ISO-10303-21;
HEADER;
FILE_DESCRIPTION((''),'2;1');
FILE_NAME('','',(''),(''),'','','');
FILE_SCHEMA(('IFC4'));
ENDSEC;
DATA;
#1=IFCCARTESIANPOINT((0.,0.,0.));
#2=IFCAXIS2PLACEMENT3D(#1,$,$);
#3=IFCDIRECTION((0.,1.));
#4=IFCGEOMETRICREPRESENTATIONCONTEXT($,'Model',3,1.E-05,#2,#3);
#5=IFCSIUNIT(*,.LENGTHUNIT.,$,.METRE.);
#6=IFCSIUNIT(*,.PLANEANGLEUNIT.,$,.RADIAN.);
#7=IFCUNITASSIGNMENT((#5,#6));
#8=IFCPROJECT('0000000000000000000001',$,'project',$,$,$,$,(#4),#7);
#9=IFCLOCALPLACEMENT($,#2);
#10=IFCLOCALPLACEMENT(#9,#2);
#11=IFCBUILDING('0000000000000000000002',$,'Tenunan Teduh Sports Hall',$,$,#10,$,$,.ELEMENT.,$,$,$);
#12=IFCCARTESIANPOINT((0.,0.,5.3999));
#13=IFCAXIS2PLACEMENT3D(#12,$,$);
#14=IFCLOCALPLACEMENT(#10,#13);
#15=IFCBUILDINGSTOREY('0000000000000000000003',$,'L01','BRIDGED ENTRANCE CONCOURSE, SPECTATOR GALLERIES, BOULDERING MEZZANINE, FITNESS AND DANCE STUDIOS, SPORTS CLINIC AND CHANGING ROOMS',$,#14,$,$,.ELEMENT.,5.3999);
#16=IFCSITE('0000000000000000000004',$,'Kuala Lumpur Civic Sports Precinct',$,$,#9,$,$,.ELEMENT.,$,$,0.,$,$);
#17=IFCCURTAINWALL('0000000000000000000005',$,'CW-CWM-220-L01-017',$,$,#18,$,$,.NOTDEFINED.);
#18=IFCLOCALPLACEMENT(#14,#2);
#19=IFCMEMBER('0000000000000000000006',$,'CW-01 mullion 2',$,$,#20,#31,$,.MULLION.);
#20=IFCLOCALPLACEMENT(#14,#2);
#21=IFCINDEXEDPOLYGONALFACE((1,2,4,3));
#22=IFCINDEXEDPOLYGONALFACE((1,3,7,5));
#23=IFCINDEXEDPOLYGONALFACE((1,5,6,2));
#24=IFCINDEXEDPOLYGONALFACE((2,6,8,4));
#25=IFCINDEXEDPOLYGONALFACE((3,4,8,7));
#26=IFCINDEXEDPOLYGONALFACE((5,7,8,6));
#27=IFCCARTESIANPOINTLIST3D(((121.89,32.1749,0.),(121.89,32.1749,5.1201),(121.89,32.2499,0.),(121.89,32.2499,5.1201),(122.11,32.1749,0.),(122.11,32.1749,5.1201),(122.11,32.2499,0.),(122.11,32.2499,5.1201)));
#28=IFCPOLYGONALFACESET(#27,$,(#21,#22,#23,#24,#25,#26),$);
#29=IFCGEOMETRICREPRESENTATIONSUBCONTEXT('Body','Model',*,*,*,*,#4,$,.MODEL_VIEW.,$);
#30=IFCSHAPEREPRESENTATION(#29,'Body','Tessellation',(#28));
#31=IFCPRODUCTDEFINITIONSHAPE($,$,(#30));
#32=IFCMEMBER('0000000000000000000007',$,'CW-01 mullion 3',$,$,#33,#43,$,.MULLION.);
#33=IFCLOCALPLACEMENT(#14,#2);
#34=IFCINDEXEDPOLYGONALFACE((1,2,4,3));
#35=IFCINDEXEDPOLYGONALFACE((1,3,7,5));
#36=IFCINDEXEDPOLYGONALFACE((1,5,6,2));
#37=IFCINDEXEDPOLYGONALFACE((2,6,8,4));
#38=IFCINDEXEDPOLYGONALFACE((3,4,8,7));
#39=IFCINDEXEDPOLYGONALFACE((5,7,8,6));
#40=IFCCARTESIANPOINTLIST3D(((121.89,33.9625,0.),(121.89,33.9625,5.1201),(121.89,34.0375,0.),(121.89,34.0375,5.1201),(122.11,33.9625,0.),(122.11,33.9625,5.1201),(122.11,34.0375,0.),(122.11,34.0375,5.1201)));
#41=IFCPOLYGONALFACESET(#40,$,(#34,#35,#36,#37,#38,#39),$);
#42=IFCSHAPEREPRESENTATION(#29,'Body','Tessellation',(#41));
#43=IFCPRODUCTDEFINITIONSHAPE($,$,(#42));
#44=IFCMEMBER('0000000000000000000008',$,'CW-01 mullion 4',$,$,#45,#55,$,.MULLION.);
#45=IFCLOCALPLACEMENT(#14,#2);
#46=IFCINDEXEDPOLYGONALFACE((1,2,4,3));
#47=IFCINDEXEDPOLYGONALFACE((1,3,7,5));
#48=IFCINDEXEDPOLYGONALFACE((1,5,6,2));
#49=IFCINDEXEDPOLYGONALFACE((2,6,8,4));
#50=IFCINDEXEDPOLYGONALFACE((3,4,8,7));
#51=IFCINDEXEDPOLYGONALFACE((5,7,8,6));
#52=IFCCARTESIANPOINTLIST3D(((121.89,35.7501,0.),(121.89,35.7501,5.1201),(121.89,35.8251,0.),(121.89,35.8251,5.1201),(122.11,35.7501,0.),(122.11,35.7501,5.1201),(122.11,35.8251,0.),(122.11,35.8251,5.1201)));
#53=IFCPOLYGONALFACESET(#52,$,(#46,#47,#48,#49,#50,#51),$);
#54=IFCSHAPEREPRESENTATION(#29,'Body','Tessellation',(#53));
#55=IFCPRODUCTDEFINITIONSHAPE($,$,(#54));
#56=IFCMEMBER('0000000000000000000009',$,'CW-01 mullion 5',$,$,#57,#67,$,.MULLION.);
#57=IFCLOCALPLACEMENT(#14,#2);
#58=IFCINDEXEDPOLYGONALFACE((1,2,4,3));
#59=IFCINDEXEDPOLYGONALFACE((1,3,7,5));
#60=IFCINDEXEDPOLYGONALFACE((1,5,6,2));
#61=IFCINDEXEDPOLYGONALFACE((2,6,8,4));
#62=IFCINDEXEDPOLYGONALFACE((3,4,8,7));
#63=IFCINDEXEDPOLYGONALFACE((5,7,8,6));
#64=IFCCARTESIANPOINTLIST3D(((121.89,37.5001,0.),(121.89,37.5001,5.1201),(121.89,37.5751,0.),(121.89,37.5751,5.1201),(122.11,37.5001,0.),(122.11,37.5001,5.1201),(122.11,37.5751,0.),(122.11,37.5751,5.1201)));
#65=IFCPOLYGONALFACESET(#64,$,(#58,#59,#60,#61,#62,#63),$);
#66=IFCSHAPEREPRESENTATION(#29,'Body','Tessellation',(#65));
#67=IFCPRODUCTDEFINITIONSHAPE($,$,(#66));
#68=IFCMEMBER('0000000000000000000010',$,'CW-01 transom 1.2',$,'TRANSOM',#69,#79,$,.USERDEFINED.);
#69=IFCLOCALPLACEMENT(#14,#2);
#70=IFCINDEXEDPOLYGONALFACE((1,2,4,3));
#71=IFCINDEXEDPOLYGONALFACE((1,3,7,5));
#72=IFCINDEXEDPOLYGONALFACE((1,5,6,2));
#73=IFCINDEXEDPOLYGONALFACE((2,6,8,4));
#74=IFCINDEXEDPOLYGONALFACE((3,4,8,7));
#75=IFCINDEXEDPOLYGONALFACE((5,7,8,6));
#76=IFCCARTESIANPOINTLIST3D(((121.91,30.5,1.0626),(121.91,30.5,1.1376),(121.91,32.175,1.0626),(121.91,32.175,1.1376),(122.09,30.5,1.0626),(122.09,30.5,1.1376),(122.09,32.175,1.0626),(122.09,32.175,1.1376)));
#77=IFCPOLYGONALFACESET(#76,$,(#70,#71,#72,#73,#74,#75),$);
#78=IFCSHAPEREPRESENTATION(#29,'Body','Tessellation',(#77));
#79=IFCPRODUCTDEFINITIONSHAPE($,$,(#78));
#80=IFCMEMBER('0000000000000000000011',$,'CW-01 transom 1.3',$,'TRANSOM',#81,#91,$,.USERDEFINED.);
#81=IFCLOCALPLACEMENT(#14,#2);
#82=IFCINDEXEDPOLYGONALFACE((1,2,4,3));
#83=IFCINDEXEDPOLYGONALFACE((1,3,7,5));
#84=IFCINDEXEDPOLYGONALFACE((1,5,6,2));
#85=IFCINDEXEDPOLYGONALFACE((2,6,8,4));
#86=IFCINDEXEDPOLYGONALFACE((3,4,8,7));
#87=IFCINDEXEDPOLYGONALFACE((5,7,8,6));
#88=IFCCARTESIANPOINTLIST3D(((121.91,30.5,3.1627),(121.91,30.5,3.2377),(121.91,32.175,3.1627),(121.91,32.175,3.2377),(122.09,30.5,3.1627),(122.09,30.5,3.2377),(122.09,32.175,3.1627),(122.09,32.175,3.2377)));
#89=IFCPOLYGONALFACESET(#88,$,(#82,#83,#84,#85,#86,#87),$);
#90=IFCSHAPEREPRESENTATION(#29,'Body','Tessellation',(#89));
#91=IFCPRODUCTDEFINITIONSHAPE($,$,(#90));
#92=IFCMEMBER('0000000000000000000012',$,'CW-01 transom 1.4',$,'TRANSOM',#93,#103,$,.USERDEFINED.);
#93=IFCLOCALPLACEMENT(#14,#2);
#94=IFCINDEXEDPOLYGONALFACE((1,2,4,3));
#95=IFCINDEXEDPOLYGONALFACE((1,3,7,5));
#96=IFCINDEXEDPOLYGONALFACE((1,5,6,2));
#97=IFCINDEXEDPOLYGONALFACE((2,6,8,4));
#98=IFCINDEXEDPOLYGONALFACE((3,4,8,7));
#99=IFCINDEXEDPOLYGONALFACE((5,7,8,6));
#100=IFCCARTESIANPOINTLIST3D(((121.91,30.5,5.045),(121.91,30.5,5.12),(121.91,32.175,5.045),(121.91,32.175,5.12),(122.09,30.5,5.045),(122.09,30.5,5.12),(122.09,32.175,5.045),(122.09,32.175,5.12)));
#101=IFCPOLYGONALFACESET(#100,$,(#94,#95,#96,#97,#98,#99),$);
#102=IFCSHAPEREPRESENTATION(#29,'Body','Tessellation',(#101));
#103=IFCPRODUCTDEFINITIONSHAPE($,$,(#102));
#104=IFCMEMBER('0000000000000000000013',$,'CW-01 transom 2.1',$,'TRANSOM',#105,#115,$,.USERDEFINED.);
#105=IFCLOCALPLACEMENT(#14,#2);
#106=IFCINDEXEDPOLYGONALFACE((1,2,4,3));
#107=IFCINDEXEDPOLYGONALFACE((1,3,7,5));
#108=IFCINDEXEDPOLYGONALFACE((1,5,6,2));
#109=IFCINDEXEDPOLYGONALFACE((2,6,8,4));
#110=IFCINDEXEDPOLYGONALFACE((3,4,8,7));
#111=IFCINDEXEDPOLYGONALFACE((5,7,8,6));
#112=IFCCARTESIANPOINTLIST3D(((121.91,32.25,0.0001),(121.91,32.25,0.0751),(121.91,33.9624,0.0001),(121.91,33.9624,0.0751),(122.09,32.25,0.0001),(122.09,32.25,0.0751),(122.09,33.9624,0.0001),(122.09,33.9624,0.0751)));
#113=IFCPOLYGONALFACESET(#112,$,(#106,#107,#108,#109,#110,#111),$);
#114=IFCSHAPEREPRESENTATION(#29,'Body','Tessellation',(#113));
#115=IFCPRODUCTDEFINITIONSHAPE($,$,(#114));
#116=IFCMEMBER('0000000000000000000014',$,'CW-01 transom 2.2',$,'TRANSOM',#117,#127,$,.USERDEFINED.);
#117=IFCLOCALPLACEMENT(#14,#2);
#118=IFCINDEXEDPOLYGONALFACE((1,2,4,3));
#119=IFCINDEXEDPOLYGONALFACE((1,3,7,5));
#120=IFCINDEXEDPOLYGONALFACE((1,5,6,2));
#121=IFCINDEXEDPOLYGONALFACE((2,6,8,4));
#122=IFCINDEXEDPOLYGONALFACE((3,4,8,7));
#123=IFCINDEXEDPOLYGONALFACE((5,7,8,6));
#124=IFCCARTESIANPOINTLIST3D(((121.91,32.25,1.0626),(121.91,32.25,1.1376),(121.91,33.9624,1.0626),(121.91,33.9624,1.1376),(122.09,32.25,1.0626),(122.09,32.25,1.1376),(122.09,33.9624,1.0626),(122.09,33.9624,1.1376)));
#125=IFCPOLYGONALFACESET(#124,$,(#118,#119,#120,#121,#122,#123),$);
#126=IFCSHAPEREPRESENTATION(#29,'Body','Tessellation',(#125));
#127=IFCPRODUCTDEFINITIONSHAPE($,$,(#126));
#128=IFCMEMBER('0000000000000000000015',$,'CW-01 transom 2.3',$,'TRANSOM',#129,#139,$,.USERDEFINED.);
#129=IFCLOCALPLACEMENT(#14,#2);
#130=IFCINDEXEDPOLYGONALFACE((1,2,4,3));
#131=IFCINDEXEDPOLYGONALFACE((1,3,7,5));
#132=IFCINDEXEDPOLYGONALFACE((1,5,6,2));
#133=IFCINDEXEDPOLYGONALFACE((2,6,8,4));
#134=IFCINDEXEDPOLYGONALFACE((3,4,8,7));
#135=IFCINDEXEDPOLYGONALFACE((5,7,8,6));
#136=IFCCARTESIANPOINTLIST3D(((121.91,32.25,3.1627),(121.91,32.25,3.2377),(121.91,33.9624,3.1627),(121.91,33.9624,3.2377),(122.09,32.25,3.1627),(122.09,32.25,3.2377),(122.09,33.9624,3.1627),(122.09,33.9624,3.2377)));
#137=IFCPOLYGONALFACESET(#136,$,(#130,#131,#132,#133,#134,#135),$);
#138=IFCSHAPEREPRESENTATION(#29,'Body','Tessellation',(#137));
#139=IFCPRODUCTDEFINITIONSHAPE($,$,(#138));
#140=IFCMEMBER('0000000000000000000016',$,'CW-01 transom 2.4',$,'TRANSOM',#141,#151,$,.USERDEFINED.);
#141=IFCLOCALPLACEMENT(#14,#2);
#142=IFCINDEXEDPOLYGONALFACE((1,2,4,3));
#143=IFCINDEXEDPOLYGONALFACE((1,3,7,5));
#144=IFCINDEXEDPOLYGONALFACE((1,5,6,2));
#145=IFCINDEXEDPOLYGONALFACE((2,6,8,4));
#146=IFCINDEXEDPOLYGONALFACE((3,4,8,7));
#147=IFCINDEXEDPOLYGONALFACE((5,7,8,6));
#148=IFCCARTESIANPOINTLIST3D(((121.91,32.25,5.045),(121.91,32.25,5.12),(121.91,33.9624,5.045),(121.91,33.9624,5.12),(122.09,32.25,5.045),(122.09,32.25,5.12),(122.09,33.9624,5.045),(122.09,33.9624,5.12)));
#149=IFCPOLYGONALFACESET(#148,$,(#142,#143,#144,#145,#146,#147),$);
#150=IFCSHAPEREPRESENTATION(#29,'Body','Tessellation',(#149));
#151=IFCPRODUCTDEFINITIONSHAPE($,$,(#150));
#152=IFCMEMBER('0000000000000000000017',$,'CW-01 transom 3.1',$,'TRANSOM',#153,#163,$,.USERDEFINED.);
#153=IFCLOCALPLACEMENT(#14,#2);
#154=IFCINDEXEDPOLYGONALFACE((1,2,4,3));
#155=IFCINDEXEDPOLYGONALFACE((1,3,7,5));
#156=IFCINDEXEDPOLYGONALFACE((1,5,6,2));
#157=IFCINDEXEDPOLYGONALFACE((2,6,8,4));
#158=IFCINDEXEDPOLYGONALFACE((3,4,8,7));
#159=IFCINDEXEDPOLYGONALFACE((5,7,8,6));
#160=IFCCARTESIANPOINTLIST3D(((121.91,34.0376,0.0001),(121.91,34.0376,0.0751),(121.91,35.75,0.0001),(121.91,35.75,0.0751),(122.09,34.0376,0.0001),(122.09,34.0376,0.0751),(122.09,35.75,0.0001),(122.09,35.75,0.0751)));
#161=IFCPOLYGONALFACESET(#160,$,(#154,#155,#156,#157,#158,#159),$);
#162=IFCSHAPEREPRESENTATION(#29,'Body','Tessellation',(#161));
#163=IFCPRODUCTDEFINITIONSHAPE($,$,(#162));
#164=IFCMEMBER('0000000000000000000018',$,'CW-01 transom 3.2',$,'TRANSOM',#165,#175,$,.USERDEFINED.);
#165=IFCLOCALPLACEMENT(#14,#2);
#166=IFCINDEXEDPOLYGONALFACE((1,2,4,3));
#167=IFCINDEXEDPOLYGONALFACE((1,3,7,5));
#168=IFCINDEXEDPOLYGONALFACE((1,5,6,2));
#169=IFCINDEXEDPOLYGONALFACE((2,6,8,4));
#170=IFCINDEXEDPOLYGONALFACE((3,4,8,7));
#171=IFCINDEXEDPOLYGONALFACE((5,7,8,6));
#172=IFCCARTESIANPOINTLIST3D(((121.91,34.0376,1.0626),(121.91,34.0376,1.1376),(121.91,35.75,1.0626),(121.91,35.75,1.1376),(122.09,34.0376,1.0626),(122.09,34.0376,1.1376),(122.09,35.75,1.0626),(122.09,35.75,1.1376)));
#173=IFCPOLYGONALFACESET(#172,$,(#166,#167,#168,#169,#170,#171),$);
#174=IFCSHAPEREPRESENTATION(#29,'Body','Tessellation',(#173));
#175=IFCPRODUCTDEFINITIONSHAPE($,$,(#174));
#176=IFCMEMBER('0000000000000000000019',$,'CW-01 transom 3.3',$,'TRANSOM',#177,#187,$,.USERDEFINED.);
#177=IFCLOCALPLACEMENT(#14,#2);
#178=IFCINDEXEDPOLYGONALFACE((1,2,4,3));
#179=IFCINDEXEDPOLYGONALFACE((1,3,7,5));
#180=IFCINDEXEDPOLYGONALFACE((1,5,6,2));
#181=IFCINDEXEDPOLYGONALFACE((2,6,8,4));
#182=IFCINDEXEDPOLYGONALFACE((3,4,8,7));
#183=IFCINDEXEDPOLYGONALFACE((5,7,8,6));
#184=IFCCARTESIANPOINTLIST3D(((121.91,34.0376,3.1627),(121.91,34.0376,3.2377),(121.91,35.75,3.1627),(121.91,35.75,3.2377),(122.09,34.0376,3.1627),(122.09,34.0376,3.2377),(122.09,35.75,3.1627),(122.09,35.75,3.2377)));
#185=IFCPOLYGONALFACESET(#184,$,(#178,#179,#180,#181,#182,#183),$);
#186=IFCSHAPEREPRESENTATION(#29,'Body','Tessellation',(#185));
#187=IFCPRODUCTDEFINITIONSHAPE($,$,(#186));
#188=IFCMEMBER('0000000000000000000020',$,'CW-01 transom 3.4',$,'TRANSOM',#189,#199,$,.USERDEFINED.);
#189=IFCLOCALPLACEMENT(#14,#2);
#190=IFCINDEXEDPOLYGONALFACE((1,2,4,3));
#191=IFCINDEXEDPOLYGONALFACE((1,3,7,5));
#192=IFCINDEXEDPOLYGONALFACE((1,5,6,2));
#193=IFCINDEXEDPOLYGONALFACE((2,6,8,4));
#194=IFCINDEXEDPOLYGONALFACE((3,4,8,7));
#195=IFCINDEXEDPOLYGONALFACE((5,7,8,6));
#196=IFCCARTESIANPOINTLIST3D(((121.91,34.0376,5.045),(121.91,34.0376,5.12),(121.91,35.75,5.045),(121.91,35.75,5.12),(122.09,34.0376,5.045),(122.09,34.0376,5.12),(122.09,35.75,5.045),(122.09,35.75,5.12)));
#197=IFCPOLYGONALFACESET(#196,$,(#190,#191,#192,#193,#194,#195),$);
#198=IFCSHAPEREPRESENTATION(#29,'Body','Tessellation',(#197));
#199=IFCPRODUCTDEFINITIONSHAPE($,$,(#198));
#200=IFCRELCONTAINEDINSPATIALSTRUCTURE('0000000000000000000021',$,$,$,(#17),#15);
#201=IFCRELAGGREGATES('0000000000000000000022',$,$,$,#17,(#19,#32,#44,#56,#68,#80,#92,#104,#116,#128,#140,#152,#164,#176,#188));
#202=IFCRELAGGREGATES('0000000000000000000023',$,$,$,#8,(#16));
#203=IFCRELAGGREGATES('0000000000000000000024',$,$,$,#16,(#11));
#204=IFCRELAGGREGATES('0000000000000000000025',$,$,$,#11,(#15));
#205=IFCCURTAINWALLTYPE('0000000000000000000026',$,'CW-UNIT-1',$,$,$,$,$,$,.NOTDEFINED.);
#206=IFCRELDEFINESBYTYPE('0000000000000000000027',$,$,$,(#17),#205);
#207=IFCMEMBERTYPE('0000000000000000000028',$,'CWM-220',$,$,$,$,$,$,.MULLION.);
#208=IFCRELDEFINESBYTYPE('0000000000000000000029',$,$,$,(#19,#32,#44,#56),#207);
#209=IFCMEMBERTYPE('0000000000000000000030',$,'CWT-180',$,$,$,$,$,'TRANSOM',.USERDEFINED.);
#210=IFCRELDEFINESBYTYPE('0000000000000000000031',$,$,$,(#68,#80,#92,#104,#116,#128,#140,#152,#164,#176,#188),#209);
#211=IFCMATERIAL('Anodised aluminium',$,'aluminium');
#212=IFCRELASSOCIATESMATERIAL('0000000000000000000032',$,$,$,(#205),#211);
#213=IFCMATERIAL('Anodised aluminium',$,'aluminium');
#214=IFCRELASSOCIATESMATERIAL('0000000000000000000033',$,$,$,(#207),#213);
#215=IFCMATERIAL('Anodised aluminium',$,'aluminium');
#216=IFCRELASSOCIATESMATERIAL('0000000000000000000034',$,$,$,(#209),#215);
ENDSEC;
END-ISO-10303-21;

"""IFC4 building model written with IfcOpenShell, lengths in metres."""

from ifc_helpers import new_model, si_unit, direction, frame, origin, origin_2d, place, context, subcontext, project, spatial, rectangle, extrude, material, material_profile, profile_set, type_object, element, aggregate, save


model = new_model("IFC4")

# Units and contexts
model_context = context("Model", 3, precision=1e-05, world=origin(), true_north=direction((0.0, 1.0)))
body_context = subcontext(model_context, "Body", "Model", "MODEL_VIEW")
ifc_project = project(units=[si_unit("LENGTHUNIT", "METRE"), si_unit("PLANEANGLEUNIT", "RADIAN")], contexts=[model_context])

# Site, building, storey
site_placement = place(None, origin())
site = spatial("IfcSite", under=ifc_project, at=site_placement, Name="Kuala Lumpur Civic Sports Precinct", CompositionType="ELEMENT", RefElevation=0.0)
building_placement = place(site_placement, origin())
building = spatial("IfcBuilding", under=site, at=building_placement, Name="Tenunan Teduh Sports Hall", CompositionType="ELEMENT")
storey_placement = place(building_placement, frame((0.0, 0.0, 5.3999)))
storey = spatial("IfcBuildingStorey", under=building, at=storey_placement, Name="L01", Description="BRIDGED ENTRANCE CONCOURSE, SPECTATOR GALLERIES, BOULDERING MEZZANINE, FITNESS AND DANCE STUDIOS, SPORTS CLINIC AND CHANGING ROOMS", CompositionType="ELEMENT", Elevation=5.3999)

# Curtain wall, members
ifc_material_1 = material(Name="Anodised aluminium", Category="aluminium")
curtain_wall_type = type_object("IfcCurtainWallType", Name="CW-UNIT-1", PredefinedType="NOTDEFINED", material=ifc_material_1)
curtain_wall_placement = place(storey_placement, origin())
curtain_wall = element("IfcCurtainWall", 1, at=curtain_wall_placement, inside=storey, type_object=curtain_wall_type, Name="CW-CWM-220-L01-017", PredefinedType="NOTDEFINED")
ifc_material_2 = material(Name="Anodised aluminium", Category="aluminium")
ifc_material_profile_1 = material_profile(ifc_material_2, rectangle(XDim=0.075, YDim=0.22, at=origin_2d()), Name="CWM 75x220")
ifc_profile_set_1 = profile_set([ifc_material_profile_1], Name="Anodised aluminium")
member_type_1 = type_object("IfcMemberType", Name="CWM-220", PredefinedType="MULLION", material=ifc_profile_set_1)
member_1_placement = place(storey_placement, frame((122.0, 32.2124, 0.0), z_axis=(0.0, 0.0, 1.0), x_axis=(0.0, 1.0, 0.0)))
member_1 = element("IfcMember", 2, at=member_1_placement, type_object=member_type_1, Name="CW-01 mullion 2", PredefinedType="MULLION", context=body_context, shape_type="SweptSolid", body=[
    extrude(rectangle(XDim=0.075, YDim=0.22, at=origin_2d()), origin(), (0.0, 0.0, 1.0), 5.1201),
])
member_2_placement = place(storey_placement, frame((122.0, 34.0, 0.0), z_axis=(0.0, 0.0, 1.0), x_axis=(0.0, 1.0, 0.0)))
member_2 = element("IfcMember", 3, at=member_2_placement, type_object=member_type_1, Name="CW-01 mullion 3", PredefinedType="MULLION", context=body_context, shape_type="SweptSolid", body=[
    extrude(rectangle(XDim=0.075, YDim=0.22, at=origin_2d()), origin(), (0.0, 0.0, 1.0), 5.1201),
])
member_3_placement = place(storey_placement, frame((122.0, 35.7876, 0.0), z_axis=(0.0, 0.0, 1.0), x_axis=(0.0, 1.0, 0.0)))
member_3 = element("IfcMember", 4, at=member_3_placement, type_object=member_type_1, Name="CW-01 mullion 4", PredefinedType="MULLION", context=body_context, shape_type="SweptSolid", body=[
    extrude(rectangle(XDim=0.075, YDim=0.22, at=origin_2d()), origin(), (0.0, 0.0, 1.0), 5.1201),
])
member_4_placement = place(storey_placement, frame((122.0, 37.5376, 0.0), z_axis=(0.0, 0.0, 1.0), x_axis=(0.0, 1.0, 0.0)))
member_4 = element("IfcMember", 5, at=member_4_placement, type_object=member_type_1, Name="CW-01 mullion 5", PredefinedType="MULLION", context=body_context, shape_type="SweptSolid", body=[
    extrude(rectangle(XDim=0.075, YDim=0.22, at=origin_2d()), origin(), (0.0, 0.0, 1.0), 5.1201),
])
ifc_material_3 = material(Name="Anodised aluminium", Category="aluminium")
ifc_material_profile_2 = material_profile(ifc_material_3, rectangle(XDim=0.075, YDim=0.1799, at=origin_2d()), Name="CWT 75x180")
ifc_profile_set_2 = profile_set([ifc_material_profile_2], Name="Anodised aluminium")
member_type_2 = type_object("IfcMemberType", Name="CWT-180", ElementType="TRANSOM", PredefinedType="USERDEFINED", material=ifc_profile_set_2)
member_5_placement = place(storey_placement, frame((122.0, 30.5, 1.1001), z_axis=(0.0, 1.0, 0.0), x_axis=(0.0, 0.0, 1.0)))
member_5 = element("IfcMember", 6, at=member_5_placement, type_object=member_type_2, Name="CW-01 transom 1.2", ObjectType="TRANSOM", PredefinedType="USERDEFINED", context=body_context, shape_type="SweptSolid", body=[
    extrude(rectangle(XDim=0.075, YDim=0.1799, at=origin_2d()), origin(), (0.0, 0.0, 1.0), 1.675),
])
member_6_placement = place(storey_placement, frame((122.0, 30.5, 3.2002), z_axis=(0.0, 1.0, 0.0), x_axis=(0.0, 0.0, 1.0)))
member_6 = element("IfcMember", 7, at=member_6_placement, type_object=member_type_2, Name="CW-01 transom 1.3", ObjectType="TRANSOM", PredefinedType="USERDEFINED", context=body_context, shape_type="SweptSolid", body=[
    extrude(rectangle(XDim=0.075, YDim=0.1799, at=origin_2d()), origin(), (0.0, 0.0, 1.0), 1.675),
])
member_7_placement = place(storey_placement, frame((122.0, 30.5, 5.0825), z_axis=(0.0, 1.0, 0.0), x_axis=(0.0, 0.0, 1.0)))
member_7 = element("IfcMember", 8, at=member_7_placement, type_object=member_type_2, Name="CW-01 transom 1.4", ObjectType="TRANSOM", PredefinedType="USERDEFINED", context=body_context, shape_type="SweptSolid", body=[
    extrude(rectangle(XDim=0.075, YDim=0.1799, at=origin_2d()), origin(), (0.0, 0.0, 1.0), 1.675),
])
member_8_placement = place(storey_placement, frame((122.0, 32.25, 0.0376), z_axis=(0.0, 1.0, 0.0), x_axis=(0.0, 0.0, 1.0)))
member_8 = element("IfcMember", 9, at=member_8_placement, type_object=member_type_2, Name="CW-01 transom 2.1", ObjectType="TRANSOM", PredefinedType="USERDEFINED", context=body_context, shape_type="SweptSolid", body=[
    extrude(rectangle(XDim=0.075, YDim=0.1799, at=origin_2d()), origin(), (0.0, 0.0, 1.0), 1.7124),
])
member_9_placement = place(storey_placement, frame((122.0, 32.25, 1.1001), z_axis=(0.0, 1.0, 0.0), x_axis=(0.0, 0.0, 1.0)))
member_9 = element("IfcMember", 10, at=member_9_placement, type_object=member_type_2, Name="CW-01 transom 2.2", ObjectType="TRANSOM", PredefinedType="USERDEFINED", context=body_context, shape_type="SweptSolid", body=[
    extrude(rectangle(XDim=0.075, YDim=0.1799, at=origin_2d()), origin(), (0.0, 0.0, 1.0), 1.7124),
])
member_10_placement = place(storey_placement, frame((122.0, 32.25, 3.2002), z_axis=(0.0, 1.0, 0.0), x_axis=(0.0, 0.0, 1.0)))
member_10 = element("IfcMember", 11, at=member_10_placement, type_object=member_type_2, Name="CW-01 transom 2.3", ObjectType="TRANSOM", PredefinedType="USERDEFINED", context=body_context, shape_type="SweptSolid", body=[
    extrude(rectangle(XDim=0.075, YDim=0.1799, at=origin_2d()), origin(), (0.0, 0.0, 1.0), 1.7124),
])
member_11_placement = place(storey_placement, frame((122.0, 32.25, 5.0825), z_axis=(0.0, 1.0, 0.0), x_axis=(0.0, 0.0, 1.0)))
member_11 = element("IfcMember", 12, at=member_11_placement, type_object=member_type_2, Name="CW-01 transom 2.4", ObjectType="TRANSOM", PredefinedType="USERDEFINED", context=body_context, shape_type="SweptSolid", body=[
    extrude(rectangle(XDim=0.075, YDim=0.1799, at=origin_2d()), origin(), (0.0, 0.0, 1.0), 1.7124),
])
member_12_placement = place(storey_placement, frame((122.0, 34.0376, 0.0376), z_axis=(0.0, 1.0, 0.0), x_axis=(0.0, 0.0, 1.0)))
member_12 = element("IfcMember", 13, at=member_12_placement, type_object=member_type_2, Name="CW-01 transom 3.1", ObjectType="TRANSOM", PredefinedType="USERDEFINED", context=body_context, shape_type="SweptSolid", body=[
    extrude(rectangle(XDim=0.075, YDim=0.1799, at=origin_2d()), origin(), (0.0, 0.0, 1.0), 1.7124),
])
member_13_placement = place(storey_placement, frame((122.0, 34.0376, 1.1001), z_axis=(0.0, 1.0, 0.0), x_axis=(0.0, 0.0, 1.0)))
member_13 = element("IfcMember", 14, at=member_13_placement, type_object=member_type_2, Name="CW-01 transom 3.2", ObjectType="TRANSOM", PredefinedType="USERDEFINED", context=body_context, shape_type="SweptSolid", body=[
    extrude(rectangle(XDim=0.075, YDim=0.1799, at=origin_2d()), origin(), (0.0, 0.0, 1.0), 1.7124),
])
member_14_placement = place(storey_placement, frame((122.0, 34.0376, 3.2002), z_axis=(0.0, 1.0, 0.0), x_axis=(0.0, 0.0, 1.0)))
member_14 = element("IfcMember", 15, at=member_14_placement, type_object=member_type_2, Name="CW-01 transom 3.3", ObjectType="TRANSOM", PredefinedType="USERDEFINED", context=body_context, shape_type="SweptSolid", body=[
    extrude(rectangle(XDim=0.075, YDim=0.1799, at=origin_2d()), origin(), (0.0, 0.0, 1.0), 1.7124),
])
member_15_placement = place(storey_placement, frame((122.0, 34.0376, 5.0825), z_axis=(0.0, 1.0, 0.0), x_axis=(0.0, 0.0, 1.0)))
member_15 = element("IfcMember", 16, at=member_15_placement, type_object=member_type_2, Name="CW-01 transom 3.4", ObjectType="TRANSOM", PredefinedType="USERDEFINED", context=body_context, shape_type="SweptSolid", body=[
    extrude(rectangle(XDim=0.075, YDim=0.1799, at=origin_2d()), origin(), (0.0, 0.0, 1.0), 1.7124),
])

aggregate(curtain_wall, [member_1, member_2, member_3, member_4, member_5, member_6, member_7, member_8, member_9, member_10, member_11, member_12, member_13, member_14, member_15])

save(model, "model.ifc")
